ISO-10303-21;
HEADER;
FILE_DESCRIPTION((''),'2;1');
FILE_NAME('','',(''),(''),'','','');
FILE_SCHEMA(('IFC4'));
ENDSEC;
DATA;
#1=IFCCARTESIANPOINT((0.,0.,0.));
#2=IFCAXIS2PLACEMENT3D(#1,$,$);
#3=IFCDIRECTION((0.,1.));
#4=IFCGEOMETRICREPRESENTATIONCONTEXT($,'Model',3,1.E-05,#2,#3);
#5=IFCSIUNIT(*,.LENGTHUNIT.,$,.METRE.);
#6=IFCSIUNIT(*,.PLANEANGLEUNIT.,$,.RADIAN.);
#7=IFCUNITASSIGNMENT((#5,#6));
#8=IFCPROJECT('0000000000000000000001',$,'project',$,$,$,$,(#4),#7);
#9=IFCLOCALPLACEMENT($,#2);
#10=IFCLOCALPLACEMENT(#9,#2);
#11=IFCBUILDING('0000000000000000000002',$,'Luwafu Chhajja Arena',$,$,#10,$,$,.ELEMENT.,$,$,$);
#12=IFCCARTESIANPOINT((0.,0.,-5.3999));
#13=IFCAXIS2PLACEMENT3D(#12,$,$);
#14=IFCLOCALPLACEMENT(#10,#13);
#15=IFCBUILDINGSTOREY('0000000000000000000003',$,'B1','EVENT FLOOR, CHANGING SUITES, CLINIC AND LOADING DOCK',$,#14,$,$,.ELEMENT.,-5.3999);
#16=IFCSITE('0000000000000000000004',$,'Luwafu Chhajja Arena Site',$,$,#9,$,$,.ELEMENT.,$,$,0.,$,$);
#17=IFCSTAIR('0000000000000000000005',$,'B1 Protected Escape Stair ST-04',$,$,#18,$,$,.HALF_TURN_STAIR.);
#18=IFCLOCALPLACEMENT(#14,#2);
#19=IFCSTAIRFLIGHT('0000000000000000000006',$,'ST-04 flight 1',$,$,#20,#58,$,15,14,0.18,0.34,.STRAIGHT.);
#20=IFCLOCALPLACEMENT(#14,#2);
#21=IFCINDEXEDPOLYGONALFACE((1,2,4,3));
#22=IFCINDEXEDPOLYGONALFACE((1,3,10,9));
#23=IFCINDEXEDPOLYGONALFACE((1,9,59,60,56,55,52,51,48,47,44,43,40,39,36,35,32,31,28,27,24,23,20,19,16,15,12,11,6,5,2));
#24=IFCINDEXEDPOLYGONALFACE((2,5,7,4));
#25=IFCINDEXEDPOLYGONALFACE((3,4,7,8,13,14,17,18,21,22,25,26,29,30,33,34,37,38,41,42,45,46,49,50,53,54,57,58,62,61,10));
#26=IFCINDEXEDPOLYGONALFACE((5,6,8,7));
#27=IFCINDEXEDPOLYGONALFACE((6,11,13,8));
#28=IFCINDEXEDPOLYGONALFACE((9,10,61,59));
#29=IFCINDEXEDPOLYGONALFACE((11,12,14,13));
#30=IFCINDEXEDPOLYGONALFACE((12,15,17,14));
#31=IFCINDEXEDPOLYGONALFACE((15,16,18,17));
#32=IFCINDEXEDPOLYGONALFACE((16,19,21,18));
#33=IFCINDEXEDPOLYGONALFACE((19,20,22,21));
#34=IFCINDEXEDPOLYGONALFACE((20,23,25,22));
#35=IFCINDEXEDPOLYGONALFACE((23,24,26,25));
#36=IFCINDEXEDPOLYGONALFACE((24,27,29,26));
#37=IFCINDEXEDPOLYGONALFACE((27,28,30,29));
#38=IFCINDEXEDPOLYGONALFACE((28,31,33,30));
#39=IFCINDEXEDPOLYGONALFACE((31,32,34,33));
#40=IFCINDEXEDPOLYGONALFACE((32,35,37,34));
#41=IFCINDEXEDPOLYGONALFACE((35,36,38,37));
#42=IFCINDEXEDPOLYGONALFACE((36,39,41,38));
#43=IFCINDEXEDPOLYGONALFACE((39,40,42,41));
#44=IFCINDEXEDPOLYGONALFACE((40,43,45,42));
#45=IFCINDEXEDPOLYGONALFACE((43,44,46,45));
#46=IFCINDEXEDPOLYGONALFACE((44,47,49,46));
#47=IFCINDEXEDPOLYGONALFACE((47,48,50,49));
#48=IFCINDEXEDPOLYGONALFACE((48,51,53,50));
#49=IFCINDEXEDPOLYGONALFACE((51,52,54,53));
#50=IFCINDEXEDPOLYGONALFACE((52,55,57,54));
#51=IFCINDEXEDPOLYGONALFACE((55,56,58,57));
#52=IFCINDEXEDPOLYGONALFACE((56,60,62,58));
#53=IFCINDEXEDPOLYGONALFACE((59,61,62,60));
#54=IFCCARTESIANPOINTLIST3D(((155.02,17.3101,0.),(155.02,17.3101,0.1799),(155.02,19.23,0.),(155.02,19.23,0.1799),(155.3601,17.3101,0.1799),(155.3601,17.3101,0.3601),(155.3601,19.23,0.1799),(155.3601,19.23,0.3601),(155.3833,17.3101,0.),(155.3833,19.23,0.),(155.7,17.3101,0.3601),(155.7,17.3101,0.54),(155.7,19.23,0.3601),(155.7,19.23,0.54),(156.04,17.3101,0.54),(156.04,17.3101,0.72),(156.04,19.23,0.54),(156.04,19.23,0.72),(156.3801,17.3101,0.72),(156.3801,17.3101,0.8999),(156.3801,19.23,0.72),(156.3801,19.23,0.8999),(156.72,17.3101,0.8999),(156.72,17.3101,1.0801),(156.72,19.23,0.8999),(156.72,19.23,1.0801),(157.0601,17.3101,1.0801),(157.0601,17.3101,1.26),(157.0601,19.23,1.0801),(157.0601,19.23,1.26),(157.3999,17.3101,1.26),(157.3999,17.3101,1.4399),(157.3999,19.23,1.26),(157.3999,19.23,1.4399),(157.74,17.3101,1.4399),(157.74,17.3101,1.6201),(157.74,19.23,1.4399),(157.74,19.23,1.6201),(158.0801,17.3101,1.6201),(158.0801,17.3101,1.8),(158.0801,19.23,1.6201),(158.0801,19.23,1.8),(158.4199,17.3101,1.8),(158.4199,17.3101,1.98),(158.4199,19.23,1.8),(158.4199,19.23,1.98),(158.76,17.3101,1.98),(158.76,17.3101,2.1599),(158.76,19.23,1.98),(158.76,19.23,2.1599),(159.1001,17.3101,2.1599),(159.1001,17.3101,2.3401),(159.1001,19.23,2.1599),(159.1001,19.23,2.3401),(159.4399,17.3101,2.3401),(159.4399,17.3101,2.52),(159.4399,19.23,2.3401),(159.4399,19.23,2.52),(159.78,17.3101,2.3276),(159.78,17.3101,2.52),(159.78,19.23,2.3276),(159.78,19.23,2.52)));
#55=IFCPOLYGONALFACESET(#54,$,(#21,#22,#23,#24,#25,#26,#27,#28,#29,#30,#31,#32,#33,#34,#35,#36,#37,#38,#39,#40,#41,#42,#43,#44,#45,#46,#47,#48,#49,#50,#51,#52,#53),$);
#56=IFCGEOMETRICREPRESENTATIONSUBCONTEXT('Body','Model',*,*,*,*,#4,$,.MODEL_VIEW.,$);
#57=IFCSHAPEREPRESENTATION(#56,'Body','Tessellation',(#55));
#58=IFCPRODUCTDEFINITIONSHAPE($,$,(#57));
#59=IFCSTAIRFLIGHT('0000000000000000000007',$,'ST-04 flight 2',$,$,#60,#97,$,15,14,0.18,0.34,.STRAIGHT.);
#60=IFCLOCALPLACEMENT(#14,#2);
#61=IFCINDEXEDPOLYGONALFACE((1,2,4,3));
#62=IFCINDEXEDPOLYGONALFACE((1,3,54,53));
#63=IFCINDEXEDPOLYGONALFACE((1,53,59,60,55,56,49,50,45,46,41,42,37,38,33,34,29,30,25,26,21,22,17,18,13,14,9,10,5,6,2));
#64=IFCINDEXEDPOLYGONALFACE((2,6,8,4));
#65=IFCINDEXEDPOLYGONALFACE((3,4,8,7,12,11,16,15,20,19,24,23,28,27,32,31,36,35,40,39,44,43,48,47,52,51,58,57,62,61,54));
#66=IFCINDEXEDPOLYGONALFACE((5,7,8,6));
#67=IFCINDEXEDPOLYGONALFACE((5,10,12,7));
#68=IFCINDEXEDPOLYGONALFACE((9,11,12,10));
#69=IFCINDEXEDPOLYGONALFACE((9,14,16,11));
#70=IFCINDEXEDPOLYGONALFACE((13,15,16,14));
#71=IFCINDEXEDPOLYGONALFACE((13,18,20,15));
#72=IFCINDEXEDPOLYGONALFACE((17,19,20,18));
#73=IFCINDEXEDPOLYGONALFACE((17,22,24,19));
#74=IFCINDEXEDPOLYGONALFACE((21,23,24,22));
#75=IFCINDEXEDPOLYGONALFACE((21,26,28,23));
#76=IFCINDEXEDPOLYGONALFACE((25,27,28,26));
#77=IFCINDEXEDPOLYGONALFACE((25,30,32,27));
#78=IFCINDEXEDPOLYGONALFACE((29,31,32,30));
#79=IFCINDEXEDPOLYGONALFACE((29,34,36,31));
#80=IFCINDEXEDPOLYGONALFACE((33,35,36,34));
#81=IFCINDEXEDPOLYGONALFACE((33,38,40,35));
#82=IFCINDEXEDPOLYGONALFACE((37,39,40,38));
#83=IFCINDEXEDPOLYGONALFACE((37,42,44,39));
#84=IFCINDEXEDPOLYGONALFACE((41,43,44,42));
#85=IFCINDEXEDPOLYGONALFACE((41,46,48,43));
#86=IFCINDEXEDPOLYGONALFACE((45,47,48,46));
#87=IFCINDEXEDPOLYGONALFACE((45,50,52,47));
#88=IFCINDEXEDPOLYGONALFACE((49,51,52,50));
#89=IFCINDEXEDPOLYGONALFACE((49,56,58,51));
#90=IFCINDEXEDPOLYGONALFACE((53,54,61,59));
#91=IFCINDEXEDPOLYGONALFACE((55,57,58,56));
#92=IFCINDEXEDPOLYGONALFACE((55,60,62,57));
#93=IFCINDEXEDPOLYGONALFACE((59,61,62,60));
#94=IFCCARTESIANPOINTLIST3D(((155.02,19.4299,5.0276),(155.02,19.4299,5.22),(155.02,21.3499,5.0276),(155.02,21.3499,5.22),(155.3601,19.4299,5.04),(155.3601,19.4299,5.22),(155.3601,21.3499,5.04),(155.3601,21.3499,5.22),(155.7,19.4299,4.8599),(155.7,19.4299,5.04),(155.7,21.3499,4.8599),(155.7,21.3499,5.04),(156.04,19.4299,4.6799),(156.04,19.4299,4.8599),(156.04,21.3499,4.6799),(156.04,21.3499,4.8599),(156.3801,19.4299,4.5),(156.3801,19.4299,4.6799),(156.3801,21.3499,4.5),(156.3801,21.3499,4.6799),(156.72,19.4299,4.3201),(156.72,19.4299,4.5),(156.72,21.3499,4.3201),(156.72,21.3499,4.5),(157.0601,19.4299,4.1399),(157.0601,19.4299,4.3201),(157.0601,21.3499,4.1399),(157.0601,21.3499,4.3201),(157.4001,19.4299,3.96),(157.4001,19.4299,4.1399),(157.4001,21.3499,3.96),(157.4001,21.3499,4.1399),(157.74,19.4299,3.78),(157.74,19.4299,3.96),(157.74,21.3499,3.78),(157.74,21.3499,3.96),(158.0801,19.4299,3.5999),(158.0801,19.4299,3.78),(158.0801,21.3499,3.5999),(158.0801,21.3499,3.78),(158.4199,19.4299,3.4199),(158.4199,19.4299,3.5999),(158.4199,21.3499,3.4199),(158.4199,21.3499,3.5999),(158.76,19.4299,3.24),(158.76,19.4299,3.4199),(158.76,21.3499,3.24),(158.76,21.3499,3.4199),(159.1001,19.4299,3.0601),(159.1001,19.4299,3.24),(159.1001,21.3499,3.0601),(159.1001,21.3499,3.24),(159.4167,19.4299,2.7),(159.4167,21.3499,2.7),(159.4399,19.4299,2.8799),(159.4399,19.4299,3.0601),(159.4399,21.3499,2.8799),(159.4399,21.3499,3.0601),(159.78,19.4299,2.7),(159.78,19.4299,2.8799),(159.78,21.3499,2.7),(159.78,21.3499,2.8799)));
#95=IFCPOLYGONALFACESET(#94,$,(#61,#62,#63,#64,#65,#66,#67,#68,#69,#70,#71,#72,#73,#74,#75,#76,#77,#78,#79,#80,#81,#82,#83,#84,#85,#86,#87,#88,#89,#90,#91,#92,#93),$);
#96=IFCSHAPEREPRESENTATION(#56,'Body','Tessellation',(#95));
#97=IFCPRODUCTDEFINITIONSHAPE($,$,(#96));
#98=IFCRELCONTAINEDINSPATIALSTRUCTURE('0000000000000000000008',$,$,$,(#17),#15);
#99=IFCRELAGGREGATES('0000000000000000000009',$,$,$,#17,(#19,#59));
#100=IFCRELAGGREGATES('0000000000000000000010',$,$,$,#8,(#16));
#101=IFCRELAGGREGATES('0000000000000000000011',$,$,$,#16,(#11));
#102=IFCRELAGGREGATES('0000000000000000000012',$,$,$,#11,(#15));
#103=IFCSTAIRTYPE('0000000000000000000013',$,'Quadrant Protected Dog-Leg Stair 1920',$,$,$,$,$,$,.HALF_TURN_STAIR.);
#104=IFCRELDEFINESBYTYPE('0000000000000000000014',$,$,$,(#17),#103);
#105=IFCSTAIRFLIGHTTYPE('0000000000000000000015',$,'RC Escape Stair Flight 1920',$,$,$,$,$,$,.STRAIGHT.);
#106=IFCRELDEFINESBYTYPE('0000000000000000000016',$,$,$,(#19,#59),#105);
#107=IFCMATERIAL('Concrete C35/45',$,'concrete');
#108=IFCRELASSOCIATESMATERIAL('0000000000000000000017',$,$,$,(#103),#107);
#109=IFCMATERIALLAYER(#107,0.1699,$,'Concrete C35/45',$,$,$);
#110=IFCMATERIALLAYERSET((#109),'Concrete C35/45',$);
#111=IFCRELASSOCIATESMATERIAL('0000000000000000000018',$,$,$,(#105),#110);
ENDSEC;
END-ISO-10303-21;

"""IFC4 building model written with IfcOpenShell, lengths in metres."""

from ifc_helpers import new_model, si_unit, direction, frame, origin, place, context, subcontext, project, spatial, polyline, outline, extrude, material, layer, layer_set, type_object, element, aggregate, save


model = new_model("IFC4")

# Units and contexts
model_context = context("Model", 3, precision=1e-05, world=origin(), true_north=direction((0.0, 1.0)))
body_context = subcontext(model_context, "Body", "Model", "MODEL_VIEW")
ifc_project = project(units=[si_unit("LENGTHUNIT", "METRE"), si_unit("PLANEANGLEUNIT", "RADIAN")], contexts=[model_context])

# Site, building, storey
site_placement = place(None, origin())
site = spatial("IfcSite", under=ifc_project, at=site_placement, Name="Luwafu Chhajja Arena Site", CompositionType="ELEMENT", RefElevation=0.0)
building_placement = place(site_placement, origin())
building = spatial("IfcBuilding", under=site, at=building_placement, Name="Luwafu Chhajja Arena", CompositionType="ELEMENT")
storey_placement = place(building_placement, frame((0.0, 0.0, -5.3999)))
storey = spatial("IfcBuildingStorey", under=building, at=storey_placement, Name="B1", Description="EVENT FLOOR, CHANGING SUITES, CLINIC AND LOADING DOCK", CompositionType="ELEMENT", Elevation=-5.3999)

# Shared definitions
ifc_material_1 = material(Name="Concrete C35/45", Category="concrete")

# Stair, stair flights
stair_type = type_object("IfcStairType", Name="Quadrant Protected Dog-Leg Stair 1920", PredefinedType="HALF_TURN_STAIR", material=ifc_material_1)
ifc_layer_1 = layer(ifc_material_1, 0.1699, Name="Concrete C35/45")
ifc_layer_set_1 = layer_set([ifc_layer_1], Name="Concrete C35/45")
stair_flight_type = type_object("IfcStairFlightType", Name="RC Escape Stair Flight 1920", PredefinedType="STRAIGHT", material=ifc_layer_set_1)
stair_1_placement = place(storey_placement, origin())
stair_1 = element("IfcStair", 1, at=stair_1_placement, inside=storey, type_object=stair_type, Name="B1 Protected Escape Stair ST-04", PredefinedType="HALF_TURN_STAIR")
stair_flight_1_placement = place(storey_placement, frame((155.02, 18.27, 0.0), z_axis=(0.0, 0.0, 1.0), x_axis=(1.0, 0.0, 0.0)))
stair_flight_1 = element("IfcStairFlight", 2, at=stair_flight_1_placement, type_object=stair_flight_type, Name="ST-04 flight 1", NumberOfRisers=15, NumberOfTreads=14, PredefinedType="STRAIGHT", RiserHeight=0.18, TreadLength=0.34, context=body_context, shape_type="SweptSolid", body=[
    extrude(outline(polyline([(0.0, 0.0), (0.0, 0.1799), (0.3401, 0.1799), (0.3401, 0.3601), (0.6799, 0.3601), (0.6799, 0.54), (1.02, 0.54), (1.02, 0.72), (1.3601, 0.72), (1.3601, 0.8999), (1.7, 0.8999), (1.7, 1.0801), (2.04, 1.0801), (2.04, 1.26), (2.3799, 1.26), (2.3799, 1.4399), (2.72, 1.4399), (2.72, 1.6201), (3.0601, 1.6201), (3.0601, 1.8), (3.3999, 1.8), (3.3999, 1.98), (3.74, 1.98), (3.74, 2.1599), (4.0801, 2.1599), (4.0801, 2.3401), (4.4199, 2.3401), (4.4199, 2.52), (4.76, 2.52), (4.76, 2.7), (4.76, 2.3276), (0.3633, 0.0), (0.0, 0.0)])), frame((0.0, 0.96, 0.0), z_axis=(0.0, -1.0, 0.0), x_axis=(1.0, 0.0, 0.0)), (0.0, 0.0, 1.0), 1.9199),
])
stair_flight_2_placement = place(storey_placement, frame((159.78, 20.3899, 2.7), z_axis=(0.0, 0.0, 1.0), x_axis=(-1.0, 0.0, 0.0)))
stair_flight_2 = element("IfcStairFlight", 3, at=stair_flight_2_placement, type_object=stair_flight_type, Name="ST-04 flight 2", NumberOfRisers=15, NumberOfTreads=14, PredefinedType="STRAIGHT", RiserHeight=0.18, TreadLength=0.34, context=body_context, shape_type="SweptSolid", body=[
    extrude(outline(polyline([(0.0, 0.0), (0.0, 0.1799), (0.3401, 0.1799), (0.3401, 0.3601), (0.6799, 0.3601), (0.6799, 0.54), (1.02, 0.54), (1.02, 0.72), (1.3601, 0.72), (1.3601, 0.8999), (1.7, 0.8999), (1.7, 1.0801), (2.04, 1.0801), (2.04, 1.26), (2.3799, 1.26), (2.3799, 1.4399), (2.72, 1.4399), (2.72, 1.6201), (3.0601, 1.6201), (3.0601, 1.8), (3.3999, 1.8), (3.3999, 1.98), (3.74, 1.98), (3.74, 2.1599), (4.0801, 2.1599), (4.0801, 2.3401), (4.4199, 2.3401), (4.4199, 2.52), (4.76, 2.52), (4.76, 2.7), (4.76, 2.3276), (0.3633, 0.0), (0.0, 0.0)])), frame((0.0, 0.96, 0.0), z_axis=(0.0, -1.0, 0.0), x_axis=(1.0, 0.0, 0.0)), (0.0, 0.0, 1.0), 1.9199),
])
aggregate(stair_1, [stair_flight_1, stair_flight_2])

save(model, "model.ifc")
